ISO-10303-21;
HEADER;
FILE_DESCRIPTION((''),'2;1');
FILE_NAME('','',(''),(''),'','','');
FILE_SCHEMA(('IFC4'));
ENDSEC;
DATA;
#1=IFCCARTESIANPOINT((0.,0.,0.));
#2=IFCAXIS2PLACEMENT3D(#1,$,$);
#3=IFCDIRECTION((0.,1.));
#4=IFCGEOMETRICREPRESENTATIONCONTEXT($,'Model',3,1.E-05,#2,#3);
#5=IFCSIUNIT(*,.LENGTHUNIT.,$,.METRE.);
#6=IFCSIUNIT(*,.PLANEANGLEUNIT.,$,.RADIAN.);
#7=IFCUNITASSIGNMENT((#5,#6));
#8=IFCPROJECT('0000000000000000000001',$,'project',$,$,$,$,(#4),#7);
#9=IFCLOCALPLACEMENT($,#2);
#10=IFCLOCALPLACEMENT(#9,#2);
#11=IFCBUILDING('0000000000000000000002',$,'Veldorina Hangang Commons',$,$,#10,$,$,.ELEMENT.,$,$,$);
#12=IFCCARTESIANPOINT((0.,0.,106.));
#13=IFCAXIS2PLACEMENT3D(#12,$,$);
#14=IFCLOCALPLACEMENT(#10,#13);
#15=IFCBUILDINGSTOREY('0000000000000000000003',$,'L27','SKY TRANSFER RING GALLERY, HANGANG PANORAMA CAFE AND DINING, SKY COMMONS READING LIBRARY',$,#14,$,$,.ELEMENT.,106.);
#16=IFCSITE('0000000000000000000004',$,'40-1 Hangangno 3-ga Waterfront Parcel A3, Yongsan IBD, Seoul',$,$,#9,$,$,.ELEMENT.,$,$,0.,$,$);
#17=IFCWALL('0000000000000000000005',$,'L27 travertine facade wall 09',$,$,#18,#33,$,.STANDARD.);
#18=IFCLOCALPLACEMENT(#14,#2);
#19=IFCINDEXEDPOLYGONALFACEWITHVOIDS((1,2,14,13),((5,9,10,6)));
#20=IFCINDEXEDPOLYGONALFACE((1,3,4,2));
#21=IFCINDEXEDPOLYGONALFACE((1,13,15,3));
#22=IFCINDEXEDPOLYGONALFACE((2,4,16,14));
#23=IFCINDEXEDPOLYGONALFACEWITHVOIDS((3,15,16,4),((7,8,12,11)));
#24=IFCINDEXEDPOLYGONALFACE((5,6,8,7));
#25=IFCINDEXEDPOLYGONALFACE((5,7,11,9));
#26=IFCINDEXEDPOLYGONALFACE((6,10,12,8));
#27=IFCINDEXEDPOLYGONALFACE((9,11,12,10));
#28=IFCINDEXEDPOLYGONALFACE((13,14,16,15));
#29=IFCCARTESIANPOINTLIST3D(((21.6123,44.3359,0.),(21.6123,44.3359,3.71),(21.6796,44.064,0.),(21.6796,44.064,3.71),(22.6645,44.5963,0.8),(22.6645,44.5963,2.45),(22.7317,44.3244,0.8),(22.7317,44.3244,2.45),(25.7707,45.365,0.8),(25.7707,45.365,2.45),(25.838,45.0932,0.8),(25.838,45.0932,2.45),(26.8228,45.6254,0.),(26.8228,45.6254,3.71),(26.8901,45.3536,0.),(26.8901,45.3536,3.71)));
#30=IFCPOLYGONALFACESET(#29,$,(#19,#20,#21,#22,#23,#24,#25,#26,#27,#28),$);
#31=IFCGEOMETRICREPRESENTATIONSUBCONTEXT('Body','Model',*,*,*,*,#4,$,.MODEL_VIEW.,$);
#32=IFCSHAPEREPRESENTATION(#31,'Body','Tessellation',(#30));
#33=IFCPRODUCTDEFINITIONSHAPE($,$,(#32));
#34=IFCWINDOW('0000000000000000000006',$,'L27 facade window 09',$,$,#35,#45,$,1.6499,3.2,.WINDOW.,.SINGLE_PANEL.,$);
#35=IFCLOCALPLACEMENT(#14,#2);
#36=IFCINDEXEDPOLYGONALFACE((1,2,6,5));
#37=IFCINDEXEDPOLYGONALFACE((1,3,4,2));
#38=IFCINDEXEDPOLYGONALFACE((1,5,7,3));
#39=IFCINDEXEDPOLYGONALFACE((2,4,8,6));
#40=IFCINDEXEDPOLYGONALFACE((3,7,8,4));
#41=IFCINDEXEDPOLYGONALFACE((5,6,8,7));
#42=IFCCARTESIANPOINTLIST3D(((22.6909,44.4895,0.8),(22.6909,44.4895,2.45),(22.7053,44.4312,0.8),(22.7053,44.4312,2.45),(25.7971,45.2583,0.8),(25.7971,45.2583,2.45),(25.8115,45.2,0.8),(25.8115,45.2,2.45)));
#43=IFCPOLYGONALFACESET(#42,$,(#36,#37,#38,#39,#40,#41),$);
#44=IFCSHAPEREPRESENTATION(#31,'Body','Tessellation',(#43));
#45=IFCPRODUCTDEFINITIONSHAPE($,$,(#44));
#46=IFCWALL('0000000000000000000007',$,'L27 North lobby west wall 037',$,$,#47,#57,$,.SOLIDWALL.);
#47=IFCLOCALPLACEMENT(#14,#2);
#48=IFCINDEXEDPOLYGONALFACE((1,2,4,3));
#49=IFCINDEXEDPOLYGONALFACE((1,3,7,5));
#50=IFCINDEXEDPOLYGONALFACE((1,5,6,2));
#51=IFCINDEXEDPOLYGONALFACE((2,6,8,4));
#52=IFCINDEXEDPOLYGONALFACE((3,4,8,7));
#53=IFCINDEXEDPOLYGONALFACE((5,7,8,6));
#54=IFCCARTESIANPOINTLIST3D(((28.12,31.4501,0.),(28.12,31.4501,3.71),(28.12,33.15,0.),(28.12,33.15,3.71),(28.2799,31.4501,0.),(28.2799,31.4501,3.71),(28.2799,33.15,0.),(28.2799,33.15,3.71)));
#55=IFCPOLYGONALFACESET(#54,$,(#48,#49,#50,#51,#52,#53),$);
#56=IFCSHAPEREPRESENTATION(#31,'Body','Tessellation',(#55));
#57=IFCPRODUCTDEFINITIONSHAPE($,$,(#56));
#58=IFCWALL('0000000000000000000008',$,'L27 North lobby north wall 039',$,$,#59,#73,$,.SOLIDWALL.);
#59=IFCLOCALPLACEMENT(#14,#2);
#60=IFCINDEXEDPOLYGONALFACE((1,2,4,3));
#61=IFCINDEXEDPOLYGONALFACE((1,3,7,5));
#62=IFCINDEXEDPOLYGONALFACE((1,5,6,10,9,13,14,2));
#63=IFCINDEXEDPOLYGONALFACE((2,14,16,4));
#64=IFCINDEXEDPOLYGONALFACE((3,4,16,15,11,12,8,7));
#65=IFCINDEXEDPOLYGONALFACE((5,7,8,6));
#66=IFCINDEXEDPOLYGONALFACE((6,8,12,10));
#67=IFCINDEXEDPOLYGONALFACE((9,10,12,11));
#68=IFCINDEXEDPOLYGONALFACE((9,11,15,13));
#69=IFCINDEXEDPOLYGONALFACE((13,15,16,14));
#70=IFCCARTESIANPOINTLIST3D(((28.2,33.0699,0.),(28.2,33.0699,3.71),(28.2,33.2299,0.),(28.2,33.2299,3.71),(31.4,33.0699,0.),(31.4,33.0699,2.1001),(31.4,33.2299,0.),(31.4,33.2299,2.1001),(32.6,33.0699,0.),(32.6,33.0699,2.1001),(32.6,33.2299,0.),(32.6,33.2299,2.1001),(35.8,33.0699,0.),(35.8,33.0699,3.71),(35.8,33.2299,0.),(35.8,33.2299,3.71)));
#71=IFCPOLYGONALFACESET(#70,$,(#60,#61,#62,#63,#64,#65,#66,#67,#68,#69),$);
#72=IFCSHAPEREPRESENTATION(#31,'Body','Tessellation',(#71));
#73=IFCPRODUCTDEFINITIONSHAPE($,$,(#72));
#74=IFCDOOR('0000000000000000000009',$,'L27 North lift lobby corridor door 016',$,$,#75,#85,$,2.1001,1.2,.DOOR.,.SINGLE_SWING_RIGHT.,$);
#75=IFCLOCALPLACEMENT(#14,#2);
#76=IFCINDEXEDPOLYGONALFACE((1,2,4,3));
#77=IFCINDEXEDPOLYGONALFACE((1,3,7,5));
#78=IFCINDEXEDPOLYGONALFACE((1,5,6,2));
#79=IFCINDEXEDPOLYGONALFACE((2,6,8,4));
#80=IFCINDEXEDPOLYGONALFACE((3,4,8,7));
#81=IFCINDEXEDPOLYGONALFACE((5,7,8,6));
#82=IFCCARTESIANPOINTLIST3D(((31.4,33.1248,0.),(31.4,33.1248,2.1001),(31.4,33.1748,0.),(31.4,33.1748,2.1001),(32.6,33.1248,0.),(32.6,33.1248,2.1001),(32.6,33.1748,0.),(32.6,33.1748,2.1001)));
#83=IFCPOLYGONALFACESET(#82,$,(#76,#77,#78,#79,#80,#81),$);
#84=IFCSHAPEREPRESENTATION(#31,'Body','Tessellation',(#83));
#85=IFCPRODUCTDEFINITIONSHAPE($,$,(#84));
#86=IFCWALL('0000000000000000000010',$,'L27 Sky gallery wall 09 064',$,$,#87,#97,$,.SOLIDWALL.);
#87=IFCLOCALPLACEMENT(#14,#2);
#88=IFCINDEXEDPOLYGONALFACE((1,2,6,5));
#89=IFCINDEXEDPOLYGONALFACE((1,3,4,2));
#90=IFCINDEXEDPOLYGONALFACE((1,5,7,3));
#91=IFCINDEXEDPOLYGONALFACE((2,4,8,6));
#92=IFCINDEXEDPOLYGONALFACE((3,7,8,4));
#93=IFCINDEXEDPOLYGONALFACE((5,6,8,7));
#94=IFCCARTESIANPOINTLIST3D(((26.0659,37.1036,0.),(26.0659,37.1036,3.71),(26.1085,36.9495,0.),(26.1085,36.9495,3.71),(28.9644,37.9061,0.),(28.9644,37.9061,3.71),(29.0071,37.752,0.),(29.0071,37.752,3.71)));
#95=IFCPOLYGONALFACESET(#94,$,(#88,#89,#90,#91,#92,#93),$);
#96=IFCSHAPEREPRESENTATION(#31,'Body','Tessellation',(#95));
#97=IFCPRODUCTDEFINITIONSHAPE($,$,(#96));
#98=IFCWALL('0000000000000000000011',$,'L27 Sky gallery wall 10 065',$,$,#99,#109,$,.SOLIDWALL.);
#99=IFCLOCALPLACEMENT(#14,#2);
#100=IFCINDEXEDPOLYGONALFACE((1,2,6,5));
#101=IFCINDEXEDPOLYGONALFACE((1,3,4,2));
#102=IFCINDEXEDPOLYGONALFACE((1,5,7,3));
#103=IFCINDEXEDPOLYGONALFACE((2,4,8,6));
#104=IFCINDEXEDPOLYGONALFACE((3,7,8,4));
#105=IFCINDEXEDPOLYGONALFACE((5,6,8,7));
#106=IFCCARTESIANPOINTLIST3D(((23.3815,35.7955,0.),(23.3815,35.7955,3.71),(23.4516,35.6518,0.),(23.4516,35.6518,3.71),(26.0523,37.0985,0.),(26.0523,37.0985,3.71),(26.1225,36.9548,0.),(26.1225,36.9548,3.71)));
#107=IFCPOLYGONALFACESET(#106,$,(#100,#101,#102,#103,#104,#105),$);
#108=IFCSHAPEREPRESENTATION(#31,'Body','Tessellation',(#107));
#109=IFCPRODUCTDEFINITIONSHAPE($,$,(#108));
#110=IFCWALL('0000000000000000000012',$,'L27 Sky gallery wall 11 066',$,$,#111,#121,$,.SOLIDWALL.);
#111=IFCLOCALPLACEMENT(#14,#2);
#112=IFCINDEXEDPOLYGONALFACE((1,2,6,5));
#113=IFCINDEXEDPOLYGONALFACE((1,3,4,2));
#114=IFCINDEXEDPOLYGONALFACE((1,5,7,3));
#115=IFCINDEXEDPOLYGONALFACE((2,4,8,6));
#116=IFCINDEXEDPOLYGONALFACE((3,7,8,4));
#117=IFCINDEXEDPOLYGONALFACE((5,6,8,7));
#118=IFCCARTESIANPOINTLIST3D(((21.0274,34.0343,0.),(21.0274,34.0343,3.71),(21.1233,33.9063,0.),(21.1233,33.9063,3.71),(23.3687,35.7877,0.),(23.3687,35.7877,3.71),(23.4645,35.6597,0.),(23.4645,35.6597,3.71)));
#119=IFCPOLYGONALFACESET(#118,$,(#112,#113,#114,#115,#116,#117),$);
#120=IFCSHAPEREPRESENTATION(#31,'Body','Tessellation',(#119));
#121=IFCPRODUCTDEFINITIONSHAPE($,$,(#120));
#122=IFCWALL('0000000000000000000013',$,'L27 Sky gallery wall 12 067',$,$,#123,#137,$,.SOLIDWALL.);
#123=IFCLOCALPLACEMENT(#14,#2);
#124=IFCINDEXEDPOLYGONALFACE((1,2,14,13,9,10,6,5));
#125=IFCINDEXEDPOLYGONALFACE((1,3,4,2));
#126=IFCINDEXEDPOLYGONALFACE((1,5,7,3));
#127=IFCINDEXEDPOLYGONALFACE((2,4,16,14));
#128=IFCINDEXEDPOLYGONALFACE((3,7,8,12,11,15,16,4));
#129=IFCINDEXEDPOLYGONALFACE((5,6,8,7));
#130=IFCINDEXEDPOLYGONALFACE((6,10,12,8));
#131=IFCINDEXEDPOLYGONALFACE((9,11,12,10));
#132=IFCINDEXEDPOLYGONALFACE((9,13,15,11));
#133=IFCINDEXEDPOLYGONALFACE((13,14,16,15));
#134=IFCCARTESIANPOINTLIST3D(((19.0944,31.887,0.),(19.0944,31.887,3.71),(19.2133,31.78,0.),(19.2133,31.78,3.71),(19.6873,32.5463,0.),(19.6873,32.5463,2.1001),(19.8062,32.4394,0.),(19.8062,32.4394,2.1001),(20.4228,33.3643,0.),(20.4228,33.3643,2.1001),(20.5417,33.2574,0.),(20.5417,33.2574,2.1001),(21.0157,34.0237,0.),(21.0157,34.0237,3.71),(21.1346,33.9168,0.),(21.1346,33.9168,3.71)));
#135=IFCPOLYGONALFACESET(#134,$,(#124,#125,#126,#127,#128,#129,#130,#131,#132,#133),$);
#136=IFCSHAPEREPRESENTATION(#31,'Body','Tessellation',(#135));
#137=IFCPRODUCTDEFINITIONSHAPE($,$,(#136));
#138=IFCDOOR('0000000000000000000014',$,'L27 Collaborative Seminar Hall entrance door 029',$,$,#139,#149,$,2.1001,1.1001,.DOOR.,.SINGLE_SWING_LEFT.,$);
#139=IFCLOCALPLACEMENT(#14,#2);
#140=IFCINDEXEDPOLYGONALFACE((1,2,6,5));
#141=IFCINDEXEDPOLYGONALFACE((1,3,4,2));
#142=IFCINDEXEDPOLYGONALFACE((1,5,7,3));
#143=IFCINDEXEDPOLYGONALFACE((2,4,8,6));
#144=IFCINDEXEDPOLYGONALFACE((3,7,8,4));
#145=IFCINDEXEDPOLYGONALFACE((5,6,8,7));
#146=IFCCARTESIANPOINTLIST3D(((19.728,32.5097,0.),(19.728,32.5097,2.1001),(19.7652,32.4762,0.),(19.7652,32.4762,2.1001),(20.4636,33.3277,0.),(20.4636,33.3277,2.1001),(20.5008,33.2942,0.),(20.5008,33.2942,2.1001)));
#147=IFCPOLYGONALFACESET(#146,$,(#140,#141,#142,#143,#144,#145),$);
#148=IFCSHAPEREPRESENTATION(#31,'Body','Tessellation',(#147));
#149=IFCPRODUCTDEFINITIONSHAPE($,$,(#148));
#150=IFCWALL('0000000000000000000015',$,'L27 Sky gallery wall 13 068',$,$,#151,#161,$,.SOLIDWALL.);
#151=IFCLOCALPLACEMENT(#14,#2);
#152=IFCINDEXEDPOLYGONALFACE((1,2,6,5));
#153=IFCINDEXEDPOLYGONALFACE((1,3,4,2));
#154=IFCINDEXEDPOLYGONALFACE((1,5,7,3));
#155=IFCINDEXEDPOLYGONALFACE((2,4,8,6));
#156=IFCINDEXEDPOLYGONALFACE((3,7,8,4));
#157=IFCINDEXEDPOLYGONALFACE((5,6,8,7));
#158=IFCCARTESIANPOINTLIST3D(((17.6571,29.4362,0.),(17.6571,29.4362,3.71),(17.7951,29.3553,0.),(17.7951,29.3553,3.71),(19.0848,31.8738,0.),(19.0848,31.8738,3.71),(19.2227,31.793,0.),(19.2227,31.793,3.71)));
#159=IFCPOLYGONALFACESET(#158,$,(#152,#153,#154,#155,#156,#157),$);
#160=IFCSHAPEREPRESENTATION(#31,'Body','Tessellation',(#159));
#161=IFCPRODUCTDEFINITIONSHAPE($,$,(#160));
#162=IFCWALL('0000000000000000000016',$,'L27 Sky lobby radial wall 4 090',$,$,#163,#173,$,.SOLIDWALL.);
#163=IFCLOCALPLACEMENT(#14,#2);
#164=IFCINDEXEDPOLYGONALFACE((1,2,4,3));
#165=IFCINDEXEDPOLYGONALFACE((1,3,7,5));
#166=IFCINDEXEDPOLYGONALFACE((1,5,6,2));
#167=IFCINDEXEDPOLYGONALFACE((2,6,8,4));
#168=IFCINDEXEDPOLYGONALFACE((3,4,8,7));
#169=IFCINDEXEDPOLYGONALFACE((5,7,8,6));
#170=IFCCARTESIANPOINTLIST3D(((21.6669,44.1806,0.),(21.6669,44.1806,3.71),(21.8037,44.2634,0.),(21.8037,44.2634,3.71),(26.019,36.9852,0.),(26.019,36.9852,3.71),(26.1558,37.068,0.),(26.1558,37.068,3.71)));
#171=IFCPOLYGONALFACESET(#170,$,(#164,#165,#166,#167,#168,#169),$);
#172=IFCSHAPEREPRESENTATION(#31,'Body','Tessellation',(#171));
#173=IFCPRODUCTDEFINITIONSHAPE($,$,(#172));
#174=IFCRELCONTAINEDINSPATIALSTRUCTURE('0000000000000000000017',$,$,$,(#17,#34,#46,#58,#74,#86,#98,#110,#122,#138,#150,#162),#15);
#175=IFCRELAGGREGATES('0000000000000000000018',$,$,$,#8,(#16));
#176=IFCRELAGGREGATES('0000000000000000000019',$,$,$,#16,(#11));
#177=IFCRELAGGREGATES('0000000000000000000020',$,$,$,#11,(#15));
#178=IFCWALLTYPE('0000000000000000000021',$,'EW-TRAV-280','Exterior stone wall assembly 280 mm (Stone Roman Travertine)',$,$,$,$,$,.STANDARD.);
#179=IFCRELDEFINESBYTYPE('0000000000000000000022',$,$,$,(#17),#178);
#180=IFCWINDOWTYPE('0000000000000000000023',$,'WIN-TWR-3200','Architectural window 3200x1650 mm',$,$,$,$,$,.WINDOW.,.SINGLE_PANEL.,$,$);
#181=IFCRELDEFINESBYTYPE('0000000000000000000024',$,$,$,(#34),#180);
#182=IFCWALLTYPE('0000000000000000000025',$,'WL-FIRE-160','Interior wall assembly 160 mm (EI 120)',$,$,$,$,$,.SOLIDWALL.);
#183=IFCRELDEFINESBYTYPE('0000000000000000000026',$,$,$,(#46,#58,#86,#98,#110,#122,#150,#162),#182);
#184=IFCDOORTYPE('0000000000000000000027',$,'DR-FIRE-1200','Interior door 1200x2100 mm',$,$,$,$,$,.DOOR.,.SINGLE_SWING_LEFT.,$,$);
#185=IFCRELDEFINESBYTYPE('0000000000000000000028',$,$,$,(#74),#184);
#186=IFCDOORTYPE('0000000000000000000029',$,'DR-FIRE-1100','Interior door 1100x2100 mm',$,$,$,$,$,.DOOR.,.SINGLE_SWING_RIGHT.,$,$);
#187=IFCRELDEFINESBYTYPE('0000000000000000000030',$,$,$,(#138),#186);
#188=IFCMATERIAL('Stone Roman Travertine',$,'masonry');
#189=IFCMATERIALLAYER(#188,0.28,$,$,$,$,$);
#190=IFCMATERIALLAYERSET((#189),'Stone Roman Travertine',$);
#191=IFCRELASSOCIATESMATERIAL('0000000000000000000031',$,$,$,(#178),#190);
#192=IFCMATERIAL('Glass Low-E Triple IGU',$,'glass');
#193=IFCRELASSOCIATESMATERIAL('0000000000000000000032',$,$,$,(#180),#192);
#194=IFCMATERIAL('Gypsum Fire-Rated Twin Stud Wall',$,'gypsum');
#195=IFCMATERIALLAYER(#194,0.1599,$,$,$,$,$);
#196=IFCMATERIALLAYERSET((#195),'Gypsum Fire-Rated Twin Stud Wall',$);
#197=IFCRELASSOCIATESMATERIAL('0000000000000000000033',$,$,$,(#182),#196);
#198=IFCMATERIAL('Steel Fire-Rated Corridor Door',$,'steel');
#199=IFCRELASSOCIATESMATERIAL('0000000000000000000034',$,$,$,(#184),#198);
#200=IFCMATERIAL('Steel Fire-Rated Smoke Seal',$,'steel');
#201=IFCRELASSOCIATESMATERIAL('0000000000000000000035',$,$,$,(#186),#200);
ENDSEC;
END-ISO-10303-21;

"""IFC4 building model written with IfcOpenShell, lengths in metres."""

from ifc_helpers import new_model, si_unit, direction, frame, frame_2d, origin, place, context, subcontext, project, spatial, rectangle, extrude, material, layer, layer_set, type_object, element, fill, save


model = new_model("IFC4")

# Units and contexts
model_context = context("Model", 3, precision=1e-05, world=origin(), true_north=direction((0.0, 1.0)))
body_context = subcontext(model_context, "Body", "Model", "MODEL_VIEW")
ifc_project = project(units=[si_unit("LENGTHUNIT", "METRE"), si_unit("PLANEANGLEUNIT", "RADIAN")], contexts=[model_context])

# Site, building, storey
site_placement = place(None, origin())
site = spatial("IfcSite", under=ifc_project, at=site_placement, Name="40-1 Hangangno 3-ga Waterfront Parcel A3, Yongsan IBD, Seoul", CompositionType="ELEMENT", RefElevation=0.0)
building_placement = place(site_placement, origin())
building = spatial("IfcBuilding", under=site, at=building_placement, Name="Veldorina Hangang Commons", CompositionType="ELEMENT")
storey_placement = place(building_placement, frame((0.0, 0.0, 106.0)))
storey = spatial("IfcBuildingStorey", under=building, at=storey_placement, Name="L27", Description="SKY TRANSFER RING GALLERY, HANGANG PANORAMA CAFE AND DINING, SKY COMMONS READING LIBRARY", CompositionType="ELEMENT", Elevation=106.0)

# Shared definitions
ifc_material_1 = material(Name="Glass Low-E Triple IGU", Category="glass")

# Wall, opening, window
ifc_material_2 = material(Name="Stone Roman Travertine", Category="masonry")
ifc_layer_1 = layer(ifc_material_2, 0.28)
ifc_layer_set_1 = layer_set([ifc_layer_1], Name="Stone Roman Travertine")
wall_type_1 = type_object("IfcWallType", Name="EW-TRAV-280", Description="Exterior stone wall assembly 280 mm (Stone Roman Travertine)", PredefinedType="STANDARD", material=ifc_layer_set_1)
wall_1_placement = place(storey_placement, frame((26.8564, 45.4895, 0.0), z_axis=(0.0, 0.0, 1.0), x_axis=(-0.970712, -0.240245, 0.0)))
wall_1 = element("IfcWall", 1, at=wall_1_placement, inside=storey, type_object=wall_type_1, Name="L27 travertine facade wall 09", PredefinedType="STANDARD", context=body_context, shape_type="SweptSolid", body=[
    extrude(rectangle(XDim=5.3677, YDim=0.28, at=frame_2d((2.6838, 0.0))), origin(), (0.0, 0.0, 1.0), 3.71),
])
opening_1_placement = place(wall_1_placement, frame((1.0837, 0.0, 0.8)))
opening_1 = element("IfcOpeningElement", 2, at=opening_1_placement, cuts=wall_1, PredefinedType="OPENING", context=body_context, shape_type="SweptSolid", body=[
    extrude(rectangle(XDim=3.2, YDim=1.6499, at=frame_2d((1.6001, 0.825))), frame((0.0, 0.1499, 0.0), z_axis=(0.0, -1.0, 0.0), x_axis=(1.0, 0.0, 0.0)), (0.0, 0.0, 1.0), 0.3),
])
window_type = type_object("IfcWindowType", Name="WIN-TWR-3200", Description="Architectural window 3200x1650 mm", PartitioningType="SINGLE_PANEL", PredefinedType="WINDOW", material=ifc_material_1)
window_placement = place(opening_1_placement, origin())
window = element("IfcWindow", 3, at=window_placement, inside=storey, type_object=window_type, Name="L27 facade window 09", OverallHeight=1.6499, OverallWidth=3.2, PartitioningType="SINGLE_PANEL", PredefinedType="WINDOW", context=body_context, shape_type="SweptSolid", body=[
    extrude(rectangle(XDim=3.2, YDim=1.6499, at=frame_2d((1.6001, 0.825))), frame((0.0, 0.03, 0.0), z_axis=(0.0, -1.0, 0.0), x_axis=(1.0, 0.0, 0.0)), (0.0, 0.0, 1.0), 0.0601),
])
fill(opening_1, window)

# Wall
ifc_material_3 = material(Name="Gypsum Fire-Rated Twin Stud Wall", Category="gypsum")
ifc_layer_2 = layer(ifc_material_3, 0.1599)
ifc_layer_set_2 = layer_set([ifc_layer_2], Name="Gypsum Fire-Rated Twin Stud Wall")
wall_type_2 = type_object("IfcWallType", Name="WL-FIRE-160", Description="Interior wall assembly 160 mm (EI 120)", PredefinedType="SOLIDWALL", material=ifc_layer_set_2)
wall_2_placement = place(storey_placement, frame((28.2, 31.45, 0.0), z_axis=(0.0, 0.0, 1.0), x_axis=(0.0, 1.0, 0.0)))
element("IfcWall", 4, at=wall_2_placement, inside=storey, type_object=wall_type_2, Name="L27 North lobby west wall 037", PredefinedType="SOLIDWALL", context=body_context, shape_type="SweptSolid", body=[
    extrude(rectangle(XDim=1.7, YDim=0.1599, at=frame_2d((0.8501, 0.0))), origin(), (0.0, 0.0, 1.0), 3.71),
])

# Wall, opening, door
wall_3_placement = place(storey_placement, frame((28.2, 33.1499, 0.0), z_axis=(0.0, 0.0, 1.0), x_axis=(1.0, 0.0, 0.0)))
wall_3 = element("IfcWall", 5, at=wall_3_placement, inside=storey, type_object=wall_type_2, Name="L27 North lobby north wall 039", PredefinedType="SOLIDWALL", context=body_context, shape_type="SweptSolid", body=[
    extrude(rectangle(XDim=7.6001, YDim=0.1599, at=frame_2d((3.8, 0.0))), origin(), (0.0, 0.0, 1.0), 3.71),
])
opening_2_placement = place(wall_3_placement, frame((3.2, 0.0, 0.0)))
opening_2 = element("IfcOpeningElement", 6, at=opening_2_placement, cuts=wall_3, PredefinedType="OPENING", context=body_context, shape_type="SweptSolid", body=[
    extrude(rectangle(XDim=1.2, YDim=2.1001, at=frame_2d((0.6001, 1.05))), frame((0.0, 0.0898, 0.0), z_axis=(0.0, -1.0, 0.0), x_axis=(1.0, 0.0, 0.0)), (0.0, 0.0, 1.0), 0.1799),
])
ifc_material_4 = material(Name="Steel Fire-Rated Corridor Door", Category="steel")
door_type_1 = type_object("IfcDoorType", Name="DR-FIRE-1200", Description="Interior door 1200x2100 mm", OperationType="SINGLE_SWING_LEFT", PredefinedType="DOOR", material=ifc_material_4)
door_1_placement = place(opening_2_placement, origin())
door_1 = element("IfcDoor", 7, at=door_1_placement, inside=storey, type_object=door_type_1, Name="L27 North lift lobby corridor door 016", OperationType="SINGLE_SWING_RIGHT", OverallHeight=2.1001, OverallWidth=1.2, PredefinedType="DOOR", context=body_context, shape_type="SweptSolid", body=[
    extrude(rectangle(XDim=1.2, YDim=2.1001, at=frame_2d((0.6001, 1.05))), frame((0.0, 0.0249, 0.0), z_axis=(0.0, -1.0, 0.0), x_axis=(1.0, 0.0, 0.0)), (0.0, 0.0, 1.0), 0.05),
])
fill(opening_2, door_1)

# Walls
wall_4_placement = place(storey_placement, frame((28.9858, 37.8291, 0.0), z_axis=(0.0, 0.0, 1.0), x_axis=(-0.963743, -0.266832, 0.0)))
element("IfcWall", 8, at=wall_4_placement, inside=storey, type_object=wall_type_2, Name="L27 Sky gallery wall 09 064", PredefinedType="SOLIDWALL", context=body_context, shape_type="SweptSolid", body=[
    extrude(rectangle(XDim=3.0076, YDim=0.1599, at=frame_2d((1.5039, 0.0))), origin(), (0.0, 0.0, 1.0), 3.71),
])
wall_5_placement = place(storey_placement, frame((26.0874, 37.0266, 0.0), z_axis=(0.0, 0.0, 1.0), x_axis=(-0.898755, -0.438451, 0.0)))
element("IfcWall", 9, at=wall_5_placement, inside=storey, type_object=wall_type_2, Name="L27 Sky gallery wall 10 065", PredefinedType="SOLIDWALL", context=body_context, shape_type="SweptSolid", body=[
    extrude(rectangle(XDim=2.9717, YDim=0.1599, at=frame_2d((1.4858, 0.0))), origin(), (0.0, 0.0, 1.0), 3.71),
])
wall_6_placement = place(storey_placement, frame((23.4165, 35.7236, 0.0), z_axis=(0.0, 0.0, 1.0), x_axis=(-0.80042, -0.599439, 0.0)))
element("IfcWall", 10, at=wall_6_placement, inside=storey, type_object=wall_type_2, Name="L27 Sky gallery wall 11 066", PredefinedType="SOLIDWALL", context=body_context, shape_type="SweptSolid", body=[
    extrude(rectangle(XDim=2.925, YDim=0.1599, at=frame_2d((1.4624, 0.0))), origin(), (0.0, 0.0, 1.0), 3.71),
])

# Wall, opening, door
wall_7_placement = place(storey_placement, frame((21.0752, 33.9702, 0.0), z_axis=(0.0, 0.0, 1.0), x_axis=(-0.668645, -0.743581, 0.0)))
wall_7 = element("IfcWall", 11, at=wall_7_placement, inside=storey, type_object=wall_type_2, Name="L27 Sky gallery wall 12 067", PredefinedType="SOLIDWALL", context=body_context, shape_type="SweptSolid", body=[
    extrude(rectangle(XDim=2.8735, YDim=0.1599, at=frame_2d((1.4368, 0.0))), origin(), (0.0, 0.0, 1.0), 3.71),
])
opening_3_placement = place(wall_7_placement, frame((0.8867, 0.0, 0.0)))
opening_3 = element("IfcOpeningElement", 12, at=opening_3_placement, cuts=wall_7, PredefinedType="OPENING", context=body_context, shape_type="SweptSolid", body=[
    extrude(rectangle(XDim=1.1001, YDim=2.1001, at=frame_2d((0.55, 1.05))), frame((0.0, 0.0898, 0.0), z_axis=(0.0, -1.0, 0.0), x_axis=(1.0, 0.0, 0.0)), (0.0, 0.0, 1.0), 0.1799),
])
ifc_material_5 = material(Name="Steel Fire-Rated Smoke Seal", Category="steel")
door_type_2 = type_object("IfcDoorType", Name="DR-FIRE-1100", Description="Interior door 1100x2100 mm", OperationType="SINGLE_SWING_RIGHT", PredefinedType="DOOR", material=ifc_material_5)
door_2_placement = place(opening_3_placement, origin())
door_2 = element("IfcDoor", 13, at=door_2_placement, inside=storey, type_object=door_type_2, Name="L27 Collaborative Seminar Hall entrance door 029", OperationType="SINGLE_SWING_LEFT", OverallHeight=2.1001, OverallWidth=1.1001, PredefinedType="DOOR", context=body_context, shape_type="SweptSolid", body=[
    extrude(rectangle(XDim=1.1001, YDim=2.1001, at=frame_2d((0.55, 1.05))), frame((0.0, 0.0249, 0.0), z_axis=(0.0, -1.0, 0.0), x_axis=(1.0, 0.0, 0.0)), (0.0, 0.0, 1.0), 0.05),
])
fill(opening_3, door_2)

# Walls
wall_8_placement = place(storey_placement, frame((19.1538, 31.8335, 0.0), z_axis=(0.0, 0.0, 1.0), x_axis=(-0.50538, -0.862897, 0.0)))
element("IfcWall", 14, at=wall_8_placement, inside=storey, type_object=wall_type_2, Name="L27 Sky gallery wall 13 068", PredefinedType="SOLIDWALL", context=body_context, shape_type="SweptSolid", body=[
    extrude(rectangle(XDim=2.825, YDim=0.1599, at=frame_2d((1.4126, 0.0))), origin(), (0.0, 0.0, 1.0), 3.71),
])
wall_9_placement = place(storey_placement, frame((26.0874, 37.0266, 0.0), z_axis=(0.0, 0.0, 1.0), x_axis=(-0.517541, 0.855658, 0.0)))
element("IfcWall", 15, at=wall_9_placement, inside=storey, type_object=wall_type_2, Name="L27 Sky lobby radial wall 4 090", PredefinedType="SOLIDWALL", context=body_context, shape_type="SweptSolid", body=[
    extrude(rectangle(XDim=8.4092, YDim=0.1599, at=frame_2d((4.2046, 0.0))), origin(), (0.0, 0.0, 1.0), 3.71),
])

save(model, "model.ifc")
